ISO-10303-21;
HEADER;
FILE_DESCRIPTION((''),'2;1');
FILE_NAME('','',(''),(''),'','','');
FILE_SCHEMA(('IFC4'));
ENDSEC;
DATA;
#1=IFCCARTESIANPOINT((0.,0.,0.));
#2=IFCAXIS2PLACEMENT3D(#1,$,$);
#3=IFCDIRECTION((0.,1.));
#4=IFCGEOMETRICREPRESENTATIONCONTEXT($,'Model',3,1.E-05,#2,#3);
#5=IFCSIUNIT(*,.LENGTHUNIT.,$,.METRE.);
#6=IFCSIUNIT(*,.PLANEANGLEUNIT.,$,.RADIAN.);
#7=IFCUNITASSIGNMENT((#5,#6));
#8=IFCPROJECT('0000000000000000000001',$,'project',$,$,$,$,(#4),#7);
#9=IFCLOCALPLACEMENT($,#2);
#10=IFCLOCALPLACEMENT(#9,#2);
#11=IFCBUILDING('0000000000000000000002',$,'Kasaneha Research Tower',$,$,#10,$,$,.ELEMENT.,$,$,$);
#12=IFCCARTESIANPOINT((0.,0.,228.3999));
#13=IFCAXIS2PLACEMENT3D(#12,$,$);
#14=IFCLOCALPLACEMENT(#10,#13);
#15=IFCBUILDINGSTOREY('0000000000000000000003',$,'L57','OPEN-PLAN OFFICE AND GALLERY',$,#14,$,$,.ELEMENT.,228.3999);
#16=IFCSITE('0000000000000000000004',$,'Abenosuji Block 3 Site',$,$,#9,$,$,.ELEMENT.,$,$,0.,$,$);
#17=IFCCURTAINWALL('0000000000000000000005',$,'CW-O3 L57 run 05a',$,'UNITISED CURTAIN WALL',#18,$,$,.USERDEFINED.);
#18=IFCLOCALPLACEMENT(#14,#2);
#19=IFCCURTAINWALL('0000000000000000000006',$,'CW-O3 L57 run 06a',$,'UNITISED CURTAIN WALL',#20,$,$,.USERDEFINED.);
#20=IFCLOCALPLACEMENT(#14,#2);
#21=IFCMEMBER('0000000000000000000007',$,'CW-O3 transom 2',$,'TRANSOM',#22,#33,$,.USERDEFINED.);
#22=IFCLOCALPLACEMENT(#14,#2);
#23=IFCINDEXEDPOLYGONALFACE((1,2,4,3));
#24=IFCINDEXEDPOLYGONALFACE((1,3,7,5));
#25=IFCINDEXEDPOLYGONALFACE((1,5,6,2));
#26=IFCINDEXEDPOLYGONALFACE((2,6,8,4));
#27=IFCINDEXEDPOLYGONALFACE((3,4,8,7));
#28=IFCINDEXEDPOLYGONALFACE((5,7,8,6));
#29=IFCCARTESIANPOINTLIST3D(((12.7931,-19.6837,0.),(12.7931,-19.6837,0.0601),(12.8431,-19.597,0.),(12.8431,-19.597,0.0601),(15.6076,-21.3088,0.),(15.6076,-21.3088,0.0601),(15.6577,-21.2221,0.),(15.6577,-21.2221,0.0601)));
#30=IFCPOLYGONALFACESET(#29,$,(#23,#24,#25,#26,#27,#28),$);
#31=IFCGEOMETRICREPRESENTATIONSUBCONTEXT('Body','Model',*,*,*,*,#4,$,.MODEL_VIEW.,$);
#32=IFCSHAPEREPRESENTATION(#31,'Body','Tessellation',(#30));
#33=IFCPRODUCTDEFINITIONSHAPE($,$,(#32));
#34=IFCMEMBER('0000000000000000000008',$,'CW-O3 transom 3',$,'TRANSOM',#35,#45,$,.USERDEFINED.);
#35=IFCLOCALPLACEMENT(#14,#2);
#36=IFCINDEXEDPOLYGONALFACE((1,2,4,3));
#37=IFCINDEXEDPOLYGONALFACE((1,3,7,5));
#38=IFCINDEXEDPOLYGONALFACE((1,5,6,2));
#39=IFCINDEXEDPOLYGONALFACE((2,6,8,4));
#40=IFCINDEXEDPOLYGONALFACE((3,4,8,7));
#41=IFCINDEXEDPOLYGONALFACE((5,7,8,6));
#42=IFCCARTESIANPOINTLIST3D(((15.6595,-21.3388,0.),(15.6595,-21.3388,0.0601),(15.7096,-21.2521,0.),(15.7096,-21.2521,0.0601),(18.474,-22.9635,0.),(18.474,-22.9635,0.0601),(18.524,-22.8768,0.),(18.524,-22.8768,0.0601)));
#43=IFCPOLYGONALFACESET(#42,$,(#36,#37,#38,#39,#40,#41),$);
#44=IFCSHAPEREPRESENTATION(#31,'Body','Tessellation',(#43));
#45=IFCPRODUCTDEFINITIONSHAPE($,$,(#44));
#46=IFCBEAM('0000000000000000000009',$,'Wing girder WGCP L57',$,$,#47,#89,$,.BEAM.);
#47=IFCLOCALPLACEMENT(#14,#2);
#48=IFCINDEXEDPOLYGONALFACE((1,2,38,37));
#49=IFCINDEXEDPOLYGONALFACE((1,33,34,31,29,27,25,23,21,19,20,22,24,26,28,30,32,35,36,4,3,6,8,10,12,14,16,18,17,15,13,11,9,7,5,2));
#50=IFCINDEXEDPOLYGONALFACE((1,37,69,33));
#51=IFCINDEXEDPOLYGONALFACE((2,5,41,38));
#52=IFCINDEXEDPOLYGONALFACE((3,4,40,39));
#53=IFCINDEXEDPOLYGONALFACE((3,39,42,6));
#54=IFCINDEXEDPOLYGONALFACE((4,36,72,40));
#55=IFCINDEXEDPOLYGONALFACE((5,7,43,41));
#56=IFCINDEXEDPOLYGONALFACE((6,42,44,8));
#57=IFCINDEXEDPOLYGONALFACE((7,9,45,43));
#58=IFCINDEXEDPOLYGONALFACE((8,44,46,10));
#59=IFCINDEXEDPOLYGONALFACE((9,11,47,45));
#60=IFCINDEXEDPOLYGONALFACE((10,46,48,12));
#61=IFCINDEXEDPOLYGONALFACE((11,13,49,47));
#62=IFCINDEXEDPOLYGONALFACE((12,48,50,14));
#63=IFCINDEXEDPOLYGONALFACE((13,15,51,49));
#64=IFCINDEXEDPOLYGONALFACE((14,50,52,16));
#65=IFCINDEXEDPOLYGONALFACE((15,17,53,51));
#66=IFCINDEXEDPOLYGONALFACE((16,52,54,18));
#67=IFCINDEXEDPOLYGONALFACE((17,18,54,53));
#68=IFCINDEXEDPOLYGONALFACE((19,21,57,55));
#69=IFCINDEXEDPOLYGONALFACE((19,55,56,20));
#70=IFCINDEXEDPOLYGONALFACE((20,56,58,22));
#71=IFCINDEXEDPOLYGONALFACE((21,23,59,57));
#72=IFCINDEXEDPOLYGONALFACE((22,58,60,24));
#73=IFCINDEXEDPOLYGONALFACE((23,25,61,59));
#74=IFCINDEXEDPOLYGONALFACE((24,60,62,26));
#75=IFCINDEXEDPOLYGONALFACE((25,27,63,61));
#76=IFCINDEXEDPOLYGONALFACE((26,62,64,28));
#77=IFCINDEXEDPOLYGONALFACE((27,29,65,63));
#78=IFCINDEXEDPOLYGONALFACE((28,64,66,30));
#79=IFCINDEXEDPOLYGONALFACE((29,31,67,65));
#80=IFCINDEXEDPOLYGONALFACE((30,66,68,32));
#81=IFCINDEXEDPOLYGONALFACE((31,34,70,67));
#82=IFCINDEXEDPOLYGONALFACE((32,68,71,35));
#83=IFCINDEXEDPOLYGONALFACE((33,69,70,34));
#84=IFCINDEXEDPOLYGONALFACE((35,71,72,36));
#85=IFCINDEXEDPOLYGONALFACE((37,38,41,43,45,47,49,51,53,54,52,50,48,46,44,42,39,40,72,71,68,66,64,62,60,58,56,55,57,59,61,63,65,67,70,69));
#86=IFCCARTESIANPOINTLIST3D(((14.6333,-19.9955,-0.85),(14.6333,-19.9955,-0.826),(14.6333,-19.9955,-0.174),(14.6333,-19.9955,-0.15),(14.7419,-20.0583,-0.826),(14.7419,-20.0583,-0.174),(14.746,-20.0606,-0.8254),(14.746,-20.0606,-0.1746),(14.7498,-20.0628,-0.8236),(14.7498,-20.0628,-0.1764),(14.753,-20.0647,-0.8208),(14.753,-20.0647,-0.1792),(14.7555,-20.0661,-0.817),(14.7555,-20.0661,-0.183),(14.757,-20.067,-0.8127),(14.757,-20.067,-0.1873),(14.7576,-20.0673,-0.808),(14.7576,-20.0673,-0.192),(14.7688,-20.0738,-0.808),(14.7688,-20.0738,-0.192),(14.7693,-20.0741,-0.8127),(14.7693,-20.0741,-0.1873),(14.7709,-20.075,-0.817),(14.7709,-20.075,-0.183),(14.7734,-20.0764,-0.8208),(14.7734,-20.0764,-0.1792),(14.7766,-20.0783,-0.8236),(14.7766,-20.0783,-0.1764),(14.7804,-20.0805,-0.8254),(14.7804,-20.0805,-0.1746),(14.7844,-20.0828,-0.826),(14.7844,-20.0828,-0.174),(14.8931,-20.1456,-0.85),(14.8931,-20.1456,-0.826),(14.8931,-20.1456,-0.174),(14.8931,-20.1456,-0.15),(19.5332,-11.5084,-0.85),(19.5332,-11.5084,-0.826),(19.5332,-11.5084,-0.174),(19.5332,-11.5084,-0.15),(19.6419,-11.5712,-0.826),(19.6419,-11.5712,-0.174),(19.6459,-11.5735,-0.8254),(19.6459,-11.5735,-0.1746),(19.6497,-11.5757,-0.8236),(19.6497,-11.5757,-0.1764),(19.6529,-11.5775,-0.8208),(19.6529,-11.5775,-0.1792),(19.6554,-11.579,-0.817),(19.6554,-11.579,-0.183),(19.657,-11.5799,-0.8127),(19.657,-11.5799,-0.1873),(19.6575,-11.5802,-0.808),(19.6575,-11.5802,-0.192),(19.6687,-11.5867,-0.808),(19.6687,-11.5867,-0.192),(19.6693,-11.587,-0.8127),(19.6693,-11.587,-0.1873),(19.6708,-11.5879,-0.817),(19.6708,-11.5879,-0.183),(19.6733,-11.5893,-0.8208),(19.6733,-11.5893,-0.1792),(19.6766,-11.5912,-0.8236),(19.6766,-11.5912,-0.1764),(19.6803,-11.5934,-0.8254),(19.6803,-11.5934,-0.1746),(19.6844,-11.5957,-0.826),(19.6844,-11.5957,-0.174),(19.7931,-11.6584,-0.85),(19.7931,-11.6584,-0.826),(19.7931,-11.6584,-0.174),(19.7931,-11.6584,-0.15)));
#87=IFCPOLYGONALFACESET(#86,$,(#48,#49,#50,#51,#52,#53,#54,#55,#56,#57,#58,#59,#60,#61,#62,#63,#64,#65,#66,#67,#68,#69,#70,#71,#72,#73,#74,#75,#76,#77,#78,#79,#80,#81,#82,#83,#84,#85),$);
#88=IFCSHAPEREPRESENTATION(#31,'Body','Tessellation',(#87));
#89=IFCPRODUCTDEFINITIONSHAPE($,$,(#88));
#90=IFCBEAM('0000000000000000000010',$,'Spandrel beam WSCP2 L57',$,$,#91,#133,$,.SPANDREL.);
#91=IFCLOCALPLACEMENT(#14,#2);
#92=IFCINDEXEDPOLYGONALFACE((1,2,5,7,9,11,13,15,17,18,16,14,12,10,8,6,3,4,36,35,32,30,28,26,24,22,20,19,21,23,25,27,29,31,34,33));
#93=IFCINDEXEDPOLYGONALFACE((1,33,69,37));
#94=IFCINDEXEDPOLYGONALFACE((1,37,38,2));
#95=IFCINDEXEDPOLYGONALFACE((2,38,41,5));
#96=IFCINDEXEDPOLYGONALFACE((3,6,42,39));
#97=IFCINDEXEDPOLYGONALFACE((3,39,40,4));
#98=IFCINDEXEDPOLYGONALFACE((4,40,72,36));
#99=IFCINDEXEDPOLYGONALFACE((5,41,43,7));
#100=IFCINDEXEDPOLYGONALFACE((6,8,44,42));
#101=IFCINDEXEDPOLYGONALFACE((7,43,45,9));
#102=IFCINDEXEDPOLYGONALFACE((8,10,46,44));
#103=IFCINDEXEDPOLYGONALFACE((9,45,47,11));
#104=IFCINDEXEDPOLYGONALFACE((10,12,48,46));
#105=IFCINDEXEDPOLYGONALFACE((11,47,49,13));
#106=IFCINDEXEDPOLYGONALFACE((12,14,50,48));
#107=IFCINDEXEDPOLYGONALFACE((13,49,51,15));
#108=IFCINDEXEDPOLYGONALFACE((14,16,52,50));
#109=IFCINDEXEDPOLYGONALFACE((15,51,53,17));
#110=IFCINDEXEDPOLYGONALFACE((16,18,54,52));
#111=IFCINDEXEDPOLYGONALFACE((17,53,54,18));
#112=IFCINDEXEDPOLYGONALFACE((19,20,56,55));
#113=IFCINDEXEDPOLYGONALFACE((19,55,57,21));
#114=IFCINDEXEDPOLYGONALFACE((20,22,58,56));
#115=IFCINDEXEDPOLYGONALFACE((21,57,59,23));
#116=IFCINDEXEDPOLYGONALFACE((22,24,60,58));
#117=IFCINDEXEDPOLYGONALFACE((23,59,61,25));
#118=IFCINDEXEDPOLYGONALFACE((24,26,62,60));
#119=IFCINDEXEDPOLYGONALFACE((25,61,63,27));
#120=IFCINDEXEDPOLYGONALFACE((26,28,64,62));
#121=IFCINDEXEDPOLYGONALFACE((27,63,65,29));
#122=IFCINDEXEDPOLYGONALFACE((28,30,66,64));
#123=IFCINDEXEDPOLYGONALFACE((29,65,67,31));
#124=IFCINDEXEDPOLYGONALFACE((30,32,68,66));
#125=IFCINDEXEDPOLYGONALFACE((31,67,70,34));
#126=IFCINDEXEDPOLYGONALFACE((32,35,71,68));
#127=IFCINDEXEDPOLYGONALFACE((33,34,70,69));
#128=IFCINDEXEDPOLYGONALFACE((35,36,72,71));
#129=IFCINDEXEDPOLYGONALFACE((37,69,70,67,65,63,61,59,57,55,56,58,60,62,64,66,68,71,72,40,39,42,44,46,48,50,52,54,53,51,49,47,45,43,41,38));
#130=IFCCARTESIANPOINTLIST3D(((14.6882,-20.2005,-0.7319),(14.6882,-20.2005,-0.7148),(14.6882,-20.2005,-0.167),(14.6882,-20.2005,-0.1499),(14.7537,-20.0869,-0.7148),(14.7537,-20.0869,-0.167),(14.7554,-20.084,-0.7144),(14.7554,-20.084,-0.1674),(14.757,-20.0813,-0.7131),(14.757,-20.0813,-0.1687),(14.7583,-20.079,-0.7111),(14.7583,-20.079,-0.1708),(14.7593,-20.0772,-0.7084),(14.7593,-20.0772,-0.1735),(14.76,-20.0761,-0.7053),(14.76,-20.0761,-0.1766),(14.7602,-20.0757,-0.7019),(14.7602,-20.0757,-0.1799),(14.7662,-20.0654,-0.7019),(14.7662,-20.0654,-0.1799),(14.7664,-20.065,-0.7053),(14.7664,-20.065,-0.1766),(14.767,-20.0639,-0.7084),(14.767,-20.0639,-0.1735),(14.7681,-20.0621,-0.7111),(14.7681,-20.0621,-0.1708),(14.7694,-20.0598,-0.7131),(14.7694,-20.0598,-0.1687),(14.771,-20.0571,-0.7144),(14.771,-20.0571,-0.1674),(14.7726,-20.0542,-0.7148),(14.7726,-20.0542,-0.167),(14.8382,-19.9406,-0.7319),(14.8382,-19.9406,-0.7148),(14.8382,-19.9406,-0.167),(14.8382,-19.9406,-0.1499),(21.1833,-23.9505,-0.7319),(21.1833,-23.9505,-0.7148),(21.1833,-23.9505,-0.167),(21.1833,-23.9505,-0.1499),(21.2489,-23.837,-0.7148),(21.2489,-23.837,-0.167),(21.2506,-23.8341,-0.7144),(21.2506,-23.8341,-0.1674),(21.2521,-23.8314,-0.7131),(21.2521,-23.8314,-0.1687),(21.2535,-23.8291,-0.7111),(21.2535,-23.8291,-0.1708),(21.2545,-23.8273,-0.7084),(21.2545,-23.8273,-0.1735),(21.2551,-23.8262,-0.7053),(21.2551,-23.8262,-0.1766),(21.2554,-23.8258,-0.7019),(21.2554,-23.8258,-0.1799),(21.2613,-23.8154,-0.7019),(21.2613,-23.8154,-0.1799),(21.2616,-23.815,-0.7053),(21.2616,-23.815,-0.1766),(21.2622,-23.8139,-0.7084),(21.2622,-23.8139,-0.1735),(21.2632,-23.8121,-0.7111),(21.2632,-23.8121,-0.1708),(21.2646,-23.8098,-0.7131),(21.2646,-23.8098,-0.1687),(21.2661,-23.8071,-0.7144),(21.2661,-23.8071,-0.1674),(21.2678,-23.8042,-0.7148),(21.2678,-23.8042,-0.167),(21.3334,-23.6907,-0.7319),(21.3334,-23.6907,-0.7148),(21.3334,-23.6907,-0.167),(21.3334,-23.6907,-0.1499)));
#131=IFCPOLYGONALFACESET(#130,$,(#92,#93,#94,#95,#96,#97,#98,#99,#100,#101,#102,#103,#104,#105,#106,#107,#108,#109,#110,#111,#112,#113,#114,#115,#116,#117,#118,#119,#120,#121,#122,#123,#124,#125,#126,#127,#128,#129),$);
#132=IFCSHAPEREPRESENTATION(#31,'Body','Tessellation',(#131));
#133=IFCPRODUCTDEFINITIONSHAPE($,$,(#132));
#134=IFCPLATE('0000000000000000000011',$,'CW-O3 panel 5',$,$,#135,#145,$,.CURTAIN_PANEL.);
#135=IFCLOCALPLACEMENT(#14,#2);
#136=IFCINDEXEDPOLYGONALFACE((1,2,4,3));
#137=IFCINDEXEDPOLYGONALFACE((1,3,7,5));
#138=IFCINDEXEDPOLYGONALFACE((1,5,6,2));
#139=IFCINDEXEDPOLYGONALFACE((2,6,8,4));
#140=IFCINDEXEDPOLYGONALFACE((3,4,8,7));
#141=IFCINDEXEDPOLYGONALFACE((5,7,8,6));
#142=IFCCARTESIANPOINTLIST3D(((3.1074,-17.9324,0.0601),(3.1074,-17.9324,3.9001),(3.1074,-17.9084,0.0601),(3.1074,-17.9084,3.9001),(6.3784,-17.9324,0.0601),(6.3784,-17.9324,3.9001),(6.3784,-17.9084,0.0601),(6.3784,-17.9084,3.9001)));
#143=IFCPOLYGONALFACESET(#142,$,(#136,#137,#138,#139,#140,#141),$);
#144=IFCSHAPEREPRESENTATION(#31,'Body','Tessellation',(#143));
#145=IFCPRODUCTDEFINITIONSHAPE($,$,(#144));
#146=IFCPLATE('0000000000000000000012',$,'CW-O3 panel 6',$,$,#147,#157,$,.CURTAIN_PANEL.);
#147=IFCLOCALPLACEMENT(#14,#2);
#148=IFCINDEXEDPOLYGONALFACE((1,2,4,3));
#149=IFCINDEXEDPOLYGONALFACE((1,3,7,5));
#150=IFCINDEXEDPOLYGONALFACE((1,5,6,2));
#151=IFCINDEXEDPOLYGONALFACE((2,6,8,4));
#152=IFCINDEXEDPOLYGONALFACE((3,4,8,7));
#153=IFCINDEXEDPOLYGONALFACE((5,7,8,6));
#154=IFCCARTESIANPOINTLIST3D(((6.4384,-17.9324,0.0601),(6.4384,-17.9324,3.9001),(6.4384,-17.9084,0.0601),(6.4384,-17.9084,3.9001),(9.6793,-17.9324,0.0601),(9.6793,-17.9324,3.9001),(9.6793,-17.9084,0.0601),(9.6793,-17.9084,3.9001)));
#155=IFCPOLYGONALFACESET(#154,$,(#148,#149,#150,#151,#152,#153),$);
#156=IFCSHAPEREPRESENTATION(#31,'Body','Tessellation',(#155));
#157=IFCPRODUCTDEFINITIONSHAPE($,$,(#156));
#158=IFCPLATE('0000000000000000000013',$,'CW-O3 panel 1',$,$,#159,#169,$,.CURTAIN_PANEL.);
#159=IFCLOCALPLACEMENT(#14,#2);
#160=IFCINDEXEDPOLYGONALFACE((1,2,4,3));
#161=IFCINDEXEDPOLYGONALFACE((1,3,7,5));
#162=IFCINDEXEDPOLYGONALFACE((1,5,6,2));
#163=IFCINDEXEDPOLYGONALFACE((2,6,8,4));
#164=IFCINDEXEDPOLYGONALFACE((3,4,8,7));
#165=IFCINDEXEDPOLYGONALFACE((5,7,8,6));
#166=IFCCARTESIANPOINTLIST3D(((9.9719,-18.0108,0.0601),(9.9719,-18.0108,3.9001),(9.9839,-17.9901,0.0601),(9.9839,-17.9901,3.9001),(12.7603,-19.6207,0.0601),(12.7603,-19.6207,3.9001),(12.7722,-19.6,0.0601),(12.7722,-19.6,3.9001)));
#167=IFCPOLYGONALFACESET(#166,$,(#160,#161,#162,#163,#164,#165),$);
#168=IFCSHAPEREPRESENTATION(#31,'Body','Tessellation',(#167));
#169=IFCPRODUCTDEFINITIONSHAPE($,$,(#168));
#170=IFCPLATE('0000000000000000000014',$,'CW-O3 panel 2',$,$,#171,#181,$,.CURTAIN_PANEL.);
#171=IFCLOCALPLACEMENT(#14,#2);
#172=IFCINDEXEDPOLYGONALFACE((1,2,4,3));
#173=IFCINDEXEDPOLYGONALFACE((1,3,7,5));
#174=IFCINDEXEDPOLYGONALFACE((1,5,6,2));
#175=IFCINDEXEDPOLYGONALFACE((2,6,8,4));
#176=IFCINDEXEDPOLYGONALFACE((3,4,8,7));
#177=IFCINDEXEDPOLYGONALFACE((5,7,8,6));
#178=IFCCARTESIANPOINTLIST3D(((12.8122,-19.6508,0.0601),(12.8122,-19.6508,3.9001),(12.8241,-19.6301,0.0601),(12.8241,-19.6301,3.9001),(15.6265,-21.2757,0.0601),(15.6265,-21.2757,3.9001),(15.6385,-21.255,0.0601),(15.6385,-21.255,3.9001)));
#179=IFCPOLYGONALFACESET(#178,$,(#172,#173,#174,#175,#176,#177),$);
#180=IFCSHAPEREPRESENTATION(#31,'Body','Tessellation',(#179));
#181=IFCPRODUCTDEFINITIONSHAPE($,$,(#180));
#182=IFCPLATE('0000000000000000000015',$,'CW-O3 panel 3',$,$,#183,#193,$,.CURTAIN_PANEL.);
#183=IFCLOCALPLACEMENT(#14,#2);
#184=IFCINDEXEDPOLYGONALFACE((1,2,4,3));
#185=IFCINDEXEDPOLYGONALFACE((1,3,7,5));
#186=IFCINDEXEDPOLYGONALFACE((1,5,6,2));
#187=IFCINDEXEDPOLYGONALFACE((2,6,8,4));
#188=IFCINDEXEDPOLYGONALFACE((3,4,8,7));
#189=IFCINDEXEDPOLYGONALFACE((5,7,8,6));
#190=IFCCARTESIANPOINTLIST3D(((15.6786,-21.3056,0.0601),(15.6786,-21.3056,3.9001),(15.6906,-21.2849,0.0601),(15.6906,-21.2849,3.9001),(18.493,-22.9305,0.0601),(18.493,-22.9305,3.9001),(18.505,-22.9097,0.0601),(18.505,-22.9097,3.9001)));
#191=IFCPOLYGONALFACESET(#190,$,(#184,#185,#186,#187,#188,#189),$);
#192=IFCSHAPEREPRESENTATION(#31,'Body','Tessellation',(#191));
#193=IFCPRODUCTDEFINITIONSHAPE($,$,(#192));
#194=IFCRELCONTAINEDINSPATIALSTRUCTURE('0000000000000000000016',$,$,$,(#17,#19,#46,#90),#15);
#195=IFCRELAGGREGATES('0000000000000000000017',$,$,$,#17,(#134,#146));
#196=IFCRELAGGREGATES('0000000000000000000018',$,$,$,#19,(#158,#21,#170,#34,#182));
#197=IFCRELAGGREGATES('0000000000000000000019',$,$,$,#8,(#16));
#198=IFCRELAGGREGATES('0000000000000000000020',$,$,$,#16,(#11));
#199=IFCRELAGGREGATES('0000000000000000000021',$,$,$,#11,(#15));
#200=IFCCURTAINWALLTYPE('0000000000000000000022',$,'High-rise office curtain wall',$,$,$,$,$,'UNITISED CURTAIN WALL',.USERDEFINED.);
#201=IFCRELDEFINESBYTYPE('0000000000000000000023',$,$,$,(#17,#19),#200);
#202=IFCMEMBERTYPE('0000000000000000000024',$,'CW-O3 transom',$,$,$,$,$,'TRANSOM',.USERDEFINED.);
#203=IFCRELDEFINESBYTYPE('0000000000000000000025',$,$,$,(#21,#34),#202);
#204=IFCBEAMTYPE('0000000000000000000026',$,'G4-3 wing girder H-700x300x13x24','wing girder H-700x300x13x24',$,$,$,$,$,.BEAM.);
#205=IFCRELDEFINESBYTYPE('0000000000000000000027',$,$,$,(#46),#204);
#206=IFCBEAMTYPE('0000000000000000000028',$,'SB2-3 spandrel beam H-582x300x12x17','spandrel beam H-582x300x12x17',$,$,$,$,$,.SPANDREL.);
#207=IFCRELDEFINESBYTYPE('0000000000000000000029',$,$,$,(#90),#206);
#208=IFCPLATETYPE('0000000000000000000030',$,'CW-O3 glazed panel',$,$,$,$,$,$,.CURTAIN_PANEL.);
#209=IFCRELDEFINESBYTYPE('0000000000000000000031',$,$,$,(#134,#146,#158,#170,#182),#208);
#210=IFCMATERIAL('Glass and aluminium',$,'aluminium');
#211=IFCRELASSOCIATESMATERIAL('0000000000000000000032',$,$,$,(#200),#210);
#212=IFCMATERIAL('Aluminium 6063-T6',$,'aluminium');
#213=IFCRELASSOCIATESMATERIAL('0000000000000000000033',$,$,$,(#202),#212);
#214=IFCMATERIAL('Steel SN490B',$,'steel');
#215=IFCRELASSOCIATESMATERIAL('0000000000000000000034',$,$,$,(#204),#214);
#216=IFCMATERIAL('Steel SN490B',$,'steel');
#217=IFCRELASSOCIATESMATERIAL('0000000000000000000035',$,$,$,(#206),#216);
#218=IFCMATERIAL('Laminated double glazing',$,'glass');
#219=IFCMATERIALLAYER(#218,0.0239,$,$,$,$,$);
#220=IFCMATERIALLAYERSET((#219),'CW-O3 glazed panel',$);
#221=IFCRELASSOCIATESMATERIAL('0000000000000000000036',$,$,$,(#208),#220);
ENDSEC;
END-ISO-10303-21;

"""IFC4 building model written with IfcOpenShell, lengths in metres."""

from ifc_helpers import new_model, si_unit, direction, frame, origin, origin_2d, place, context, subcontext, project, spatial, rectangle, i_section, extrude, material, layer, layer_set, material_profile, profile_set, type_object, element, aggregate, save


model = new_model("IFC4")

# Units and contexts
model_context = context("Model", 3, precision=1e-05, world=origin(), true_north=direction((0.0, 1.0)))
body_context = subcontext(model_context, "Body", "Model", "MODEL_VIEW")
ifc_project = project(units=[si_unit("LENGTHUNIT", "METRE"), si_unit("PLANEANGLEUNIT", "RADIAN")], contexts=[model_context])

# Site, building, storey
site_placement = place(None, origin())
site = spatial("IfcSite", under=ifc_project, at=site_placement, Name="Abenosuji Block 3 Site", CompositionType="ELEMENT", RefElevation=0.0)
building_placement = place(site_placement, origin())
building = spatial("IfcBuilding", under=site, at=building_placement, Name="Kasaneha Research Tower", CompositionType="ELEMENT")
storey_placement = place(building_placement, frame((0.0, 0.0, 228.3999)))
storey = spatial("IfcBuildingStorey", under=building, at=storey_placement, Name="L57", Description="OPEN-PLAN OFFICE AND GALLERY", CompositionType="ELEMENT", Elevation=228.3999)

# Curtain walls
ifc_material_1 = material(Name="Glass and aluminium", Category="aluminium")
curtain_wall_type = type_object("IfcCurtainWallType", Name="High-rise office curtain wall", ElementType="UNITISED CURTAIN WALL", PredefinedType="USERDEFINED", material=ifc_material_1)
curtain_wall_1_placement = place(storey_placement, origin())
curtain_wall_1 = element("IfcCurtainWall", 1, at=curtain_wall_1_placement, inside=storey, type_object=curtain_wall_type, Name="CW-O3 L57 run 05a", ObjectType="UNITISED CURTAIN WALL", PredefinedType="USERDEFINED")
curtain_wall_2_placement = place(storey_placement, origin())
curtain_wall_2 = element("IfcCurtainWall", 2, at=curtain_wall_2_placement, inside=storey, type_object=curtain_wall_type, Name="CW-O3 L57 run 06a", ObjectType="UNITISED CURTAIN WALL", PredefinedType="USERDEFINED")

# Members
ifc_material_2 = material(Name="Aluminium 6063-T6", Category="aluminium")
ifc_material_profile_1 = material_profile(ifc_material_2, rectangle(XDim=0.1001, YDim=0.0601, at=origin_2d()), Name="CW-O3 transom 100x60")
ifc_profile_set_1 = profile_set([ifc_material_profile_1], Name="Aluminium 6063-T6")
member_type_1 = type_object("IfcMemberType", Name="CW-O3 transom", ElementType="TRANSOM", PredefinedType="USERDEFINED", material=ifc_profile_set_1)
member_1_placement = place(storey_placement, frame((12.8181, -19.6404, 0.03), z_axis=(0.866015, -0.500017, 0.0), x_axis=(0.500017, 0.866015, 0.0)))
member_1 = element("IfcMember", 3, at=member_1_placement, type_object=member_type_1, Name="CW-O3 transom 2", ObjectType="TRANSOM", PredefinedType="USERDEFINED", context=body_context, shape_type="SweptSolid", body=[
    extrude(rectangle(XDim=0.1001, YDim=0.0601, at=origin_2d()), origin(), (0.0, 0.0, 1.0), 3.25),
])
member_2_placement = place(storey_placement, frame((15.6846, -21.2954, 0.03), z_axis=(0.866048, -0.499961, 0.0), x_axis=(0.499961, 0.866048, 0.0)))
member_2 = element("IfcMember", 4, at=member_2_placement, type_object=member_type_1, Name="CW-O3 transom 3", ObjectType="TRANSOM", PredefinedType="USERDEFINED", context=body_context, shape_type="SweptSolid", body=[
    extrude(rectangle(XDim=0.1001, YDim=0.0601, at=origin_2d()), origin(), (0.0, 0.0, 1.0), 3.2498),
])

# Beams
ifc_material_3 = material(Name="Steel SN490B", Category="steel")
ifc_material_profile_2 = material_profile(ifc_material_3, i_section(OverallWidth=0.3, OverallDepth=0.7, WebThickness=0.0129, FlangeThickness=0.0239, FilletRadius=0.0181, at=origin_2d()), Name="H-700x300x13x24")
ifc_profile_set_2 = profile_set([ifc_material_profile_2], Name="Steel SN490B")
beam_type_1 = type_object("IfcBeamType", Name="G4-3 wing girder H-700x300x13x24", Description="wing girder H-700x300x13x24", PredefinedType="BEAM", material=ifc_profile_set_2)
beam_1_placement = place(storey_placement, frame((14.7632, -20.0706, -0.5), z_axis=(0.499992, 0.86603, 0.0), x_axis=(-0.86603, 0.499992, 0.0)))
element("IfcBeam", 5, at=beam_1_placement, inside=storey, type_object=beam_type_1, Name="Wing girder WGCP L57", PredefinedType="BEAM", context=body_context, shape_type="SweptSolid", body=[
    extrude(i_section(OverallWidth=0.3, OverallDepth=0.7, WebThickness=0.0129, FlangeThickness=0.0239, FilletRadius=0.0181, at=origin_2d()), origin(), (0.0, 0.0, 1.0), 9.8),
])
ifc_material_4 = material(Name="Steel SN490B", Category="steel")
ifc_material_profile_3 = material_profile(ifc_material_4, i_section(OverallWidth=0.3, OverallDepth=0.582, WebThickness=0.012, FlangeThickness=0.0171, FilletRadius=0.0129, at=origin_2d()), Name="H-582x300x12x17")
ifc_profile_set_3 = profile_set([ifc_material_profile_3], Name="Steel SN490B")
beam_type_2 = type_object("IfcBeamType", Name="SB2-3 spandrel beam H-582x300x12x17", Description="spandrel beam H-582x300x12x17", PredefinedType="SPANDREL", material=ifc_profile_set_3)
beam_2_placement = place(storey_placement, frame((14.7632, -20.0706, -0.4409), z_axis=(0.866023, -0.500004, 0.0), x_axis=(0.500004, 0.866023, 0.0)))
element("IfcBeam", 6, at=beam_2_placement, inside=storey, type_object=beam_type_2, Name="Spandrel beam WSCP2 L57", PredefinedType="SPANDREL", context=body_context, shape_type="SweptSolid", body=[
    extrude(i_section(OverallWidth=0.3, OverallDepth=0.582, WebThickness=0.012, FlangeThickness=0.0171, FilletRadius=0.0129, at=origin_2d()), origin(), (0.0, 0.0, 1.0), 7.5),
])

# Plates
ifc_material_5 = material(Name="Laminated double glazing", Category="glass")
ifc_layer_1 = layer(ifc_material_5, 0.0239)
ifc_layer_set_1 = layer_set([ifc_layer_1], Name="CW-O3 glazed panel")
plate_type = type_object("IfcPlateType", Name="CW-O3 glazed panel", PredefinedType="CURTAIN_PANEL", material=ifc_layer_set_1)
plate_1_placement = place(storey_placement, frame((4.7429, -17.9204, 0.0601), z_axis=(0.0, 0.0, 1.0), x_axis=(1.0, 0.0, 0.0)))
plate_1 = element("IfcPlate", 7, at=plate_1_placement, type_object=plate_type, Name="CW-O3 panel 5", PredefinedType="CURTAIN_PANEL", context=body_context, shape_type="SweptSolid", body=[
    extrude(rectangle(XDim=3.271, YDim=0.0239, at=origin_2d()), origin(), (0.0, 0.0, 1.0), 3.8401),
])
plate_2_placement = place(storey_placement, frame((8.0588, -17.9204, 0.0601), z_axis=(0.0, 0.0, 1.0), x_axis=(1.0, 0.0, 0.0)))
plate_2 = element("IfcPlate", 8, at=plate_2_placement, type_object=plate_type, Name="CW-O3 panel 6", PredefinedType="CURTAIN_PANEL", context=body_context, shape_type="SweptSolid", body=[
    extrude(rectangle(XDim=3.241, YDim=0.0239, at=origin_2d()), origin(), (0.0, 0.0, 1.0), 3.8401),
])
aggregate(curtain_wall_1, [plate_1, plate_2])
plate_3_placement = place(storey_placement, frame((11.3721, -18.8054, 0.0601), z_axis=(0.0, 0.0, 1.0), x_axis=(0.866025, -0.5, 0.0)))
plate_3 = element("IfcPlate", 9, at=plate_3_placement, type_object=plate_type, Name="CW-O3 panel 1", PredefinedType="CURTAIN_PANEL", context=body_context, shape_type="SweptSolid", body=[
    extrude(rectangle(XDim=3.2197, YDim=0.0239, at=origin_2d()), origin(), (0.0, 0.0, 1.0), 3.8401),
])
plate_4_placement = place(storey_placement, frame((14.2253, -20.4529, 0.0601), z_axis=(0.0, 0.0, 1.0), x_axis=(0.866025, -0.5, 0.0)))
plate_4 = element("IfcPlate", 10, at=plate_4_placement, type_object=plate_type, Name="CW-O3 panel 2", PredefinedType="CURTAIN_PANEL", context=body_context, shape_type="SweptSolid", body=[
    extrude(rectangle(XDim=3.2498, YDim=0.0239, at=origin_2d()), origin(), (0.0, 0.0, 1.0), 3.8401),
])
plate_5_placement = place(storey_placement, frame((17.0918, -22.1077, 0.0601), z_axis=(0.0, 0.0, 1.0), x_axis=(0.866025, -0.5, 0.0)))
plate_5 = element("IfcPlate", 11, at=plate_5_placement, type_object=plate_type, Name="CW-O3 panel 3", PredefinedType="CURTAIN_PANEL", context=body_context, shape_type="SweptSolid", body=[
    extrude(rectangle(XDim=3.2498, YDim=0.0239, at=origin_2d()), origin(), (0.0, 0.0, 1.0), 3.8401),
])
aggregate(curtain_wall_2, [plate_3, member_1, plate_4, member_2, plate_5])

save(model, "model.ifc")
